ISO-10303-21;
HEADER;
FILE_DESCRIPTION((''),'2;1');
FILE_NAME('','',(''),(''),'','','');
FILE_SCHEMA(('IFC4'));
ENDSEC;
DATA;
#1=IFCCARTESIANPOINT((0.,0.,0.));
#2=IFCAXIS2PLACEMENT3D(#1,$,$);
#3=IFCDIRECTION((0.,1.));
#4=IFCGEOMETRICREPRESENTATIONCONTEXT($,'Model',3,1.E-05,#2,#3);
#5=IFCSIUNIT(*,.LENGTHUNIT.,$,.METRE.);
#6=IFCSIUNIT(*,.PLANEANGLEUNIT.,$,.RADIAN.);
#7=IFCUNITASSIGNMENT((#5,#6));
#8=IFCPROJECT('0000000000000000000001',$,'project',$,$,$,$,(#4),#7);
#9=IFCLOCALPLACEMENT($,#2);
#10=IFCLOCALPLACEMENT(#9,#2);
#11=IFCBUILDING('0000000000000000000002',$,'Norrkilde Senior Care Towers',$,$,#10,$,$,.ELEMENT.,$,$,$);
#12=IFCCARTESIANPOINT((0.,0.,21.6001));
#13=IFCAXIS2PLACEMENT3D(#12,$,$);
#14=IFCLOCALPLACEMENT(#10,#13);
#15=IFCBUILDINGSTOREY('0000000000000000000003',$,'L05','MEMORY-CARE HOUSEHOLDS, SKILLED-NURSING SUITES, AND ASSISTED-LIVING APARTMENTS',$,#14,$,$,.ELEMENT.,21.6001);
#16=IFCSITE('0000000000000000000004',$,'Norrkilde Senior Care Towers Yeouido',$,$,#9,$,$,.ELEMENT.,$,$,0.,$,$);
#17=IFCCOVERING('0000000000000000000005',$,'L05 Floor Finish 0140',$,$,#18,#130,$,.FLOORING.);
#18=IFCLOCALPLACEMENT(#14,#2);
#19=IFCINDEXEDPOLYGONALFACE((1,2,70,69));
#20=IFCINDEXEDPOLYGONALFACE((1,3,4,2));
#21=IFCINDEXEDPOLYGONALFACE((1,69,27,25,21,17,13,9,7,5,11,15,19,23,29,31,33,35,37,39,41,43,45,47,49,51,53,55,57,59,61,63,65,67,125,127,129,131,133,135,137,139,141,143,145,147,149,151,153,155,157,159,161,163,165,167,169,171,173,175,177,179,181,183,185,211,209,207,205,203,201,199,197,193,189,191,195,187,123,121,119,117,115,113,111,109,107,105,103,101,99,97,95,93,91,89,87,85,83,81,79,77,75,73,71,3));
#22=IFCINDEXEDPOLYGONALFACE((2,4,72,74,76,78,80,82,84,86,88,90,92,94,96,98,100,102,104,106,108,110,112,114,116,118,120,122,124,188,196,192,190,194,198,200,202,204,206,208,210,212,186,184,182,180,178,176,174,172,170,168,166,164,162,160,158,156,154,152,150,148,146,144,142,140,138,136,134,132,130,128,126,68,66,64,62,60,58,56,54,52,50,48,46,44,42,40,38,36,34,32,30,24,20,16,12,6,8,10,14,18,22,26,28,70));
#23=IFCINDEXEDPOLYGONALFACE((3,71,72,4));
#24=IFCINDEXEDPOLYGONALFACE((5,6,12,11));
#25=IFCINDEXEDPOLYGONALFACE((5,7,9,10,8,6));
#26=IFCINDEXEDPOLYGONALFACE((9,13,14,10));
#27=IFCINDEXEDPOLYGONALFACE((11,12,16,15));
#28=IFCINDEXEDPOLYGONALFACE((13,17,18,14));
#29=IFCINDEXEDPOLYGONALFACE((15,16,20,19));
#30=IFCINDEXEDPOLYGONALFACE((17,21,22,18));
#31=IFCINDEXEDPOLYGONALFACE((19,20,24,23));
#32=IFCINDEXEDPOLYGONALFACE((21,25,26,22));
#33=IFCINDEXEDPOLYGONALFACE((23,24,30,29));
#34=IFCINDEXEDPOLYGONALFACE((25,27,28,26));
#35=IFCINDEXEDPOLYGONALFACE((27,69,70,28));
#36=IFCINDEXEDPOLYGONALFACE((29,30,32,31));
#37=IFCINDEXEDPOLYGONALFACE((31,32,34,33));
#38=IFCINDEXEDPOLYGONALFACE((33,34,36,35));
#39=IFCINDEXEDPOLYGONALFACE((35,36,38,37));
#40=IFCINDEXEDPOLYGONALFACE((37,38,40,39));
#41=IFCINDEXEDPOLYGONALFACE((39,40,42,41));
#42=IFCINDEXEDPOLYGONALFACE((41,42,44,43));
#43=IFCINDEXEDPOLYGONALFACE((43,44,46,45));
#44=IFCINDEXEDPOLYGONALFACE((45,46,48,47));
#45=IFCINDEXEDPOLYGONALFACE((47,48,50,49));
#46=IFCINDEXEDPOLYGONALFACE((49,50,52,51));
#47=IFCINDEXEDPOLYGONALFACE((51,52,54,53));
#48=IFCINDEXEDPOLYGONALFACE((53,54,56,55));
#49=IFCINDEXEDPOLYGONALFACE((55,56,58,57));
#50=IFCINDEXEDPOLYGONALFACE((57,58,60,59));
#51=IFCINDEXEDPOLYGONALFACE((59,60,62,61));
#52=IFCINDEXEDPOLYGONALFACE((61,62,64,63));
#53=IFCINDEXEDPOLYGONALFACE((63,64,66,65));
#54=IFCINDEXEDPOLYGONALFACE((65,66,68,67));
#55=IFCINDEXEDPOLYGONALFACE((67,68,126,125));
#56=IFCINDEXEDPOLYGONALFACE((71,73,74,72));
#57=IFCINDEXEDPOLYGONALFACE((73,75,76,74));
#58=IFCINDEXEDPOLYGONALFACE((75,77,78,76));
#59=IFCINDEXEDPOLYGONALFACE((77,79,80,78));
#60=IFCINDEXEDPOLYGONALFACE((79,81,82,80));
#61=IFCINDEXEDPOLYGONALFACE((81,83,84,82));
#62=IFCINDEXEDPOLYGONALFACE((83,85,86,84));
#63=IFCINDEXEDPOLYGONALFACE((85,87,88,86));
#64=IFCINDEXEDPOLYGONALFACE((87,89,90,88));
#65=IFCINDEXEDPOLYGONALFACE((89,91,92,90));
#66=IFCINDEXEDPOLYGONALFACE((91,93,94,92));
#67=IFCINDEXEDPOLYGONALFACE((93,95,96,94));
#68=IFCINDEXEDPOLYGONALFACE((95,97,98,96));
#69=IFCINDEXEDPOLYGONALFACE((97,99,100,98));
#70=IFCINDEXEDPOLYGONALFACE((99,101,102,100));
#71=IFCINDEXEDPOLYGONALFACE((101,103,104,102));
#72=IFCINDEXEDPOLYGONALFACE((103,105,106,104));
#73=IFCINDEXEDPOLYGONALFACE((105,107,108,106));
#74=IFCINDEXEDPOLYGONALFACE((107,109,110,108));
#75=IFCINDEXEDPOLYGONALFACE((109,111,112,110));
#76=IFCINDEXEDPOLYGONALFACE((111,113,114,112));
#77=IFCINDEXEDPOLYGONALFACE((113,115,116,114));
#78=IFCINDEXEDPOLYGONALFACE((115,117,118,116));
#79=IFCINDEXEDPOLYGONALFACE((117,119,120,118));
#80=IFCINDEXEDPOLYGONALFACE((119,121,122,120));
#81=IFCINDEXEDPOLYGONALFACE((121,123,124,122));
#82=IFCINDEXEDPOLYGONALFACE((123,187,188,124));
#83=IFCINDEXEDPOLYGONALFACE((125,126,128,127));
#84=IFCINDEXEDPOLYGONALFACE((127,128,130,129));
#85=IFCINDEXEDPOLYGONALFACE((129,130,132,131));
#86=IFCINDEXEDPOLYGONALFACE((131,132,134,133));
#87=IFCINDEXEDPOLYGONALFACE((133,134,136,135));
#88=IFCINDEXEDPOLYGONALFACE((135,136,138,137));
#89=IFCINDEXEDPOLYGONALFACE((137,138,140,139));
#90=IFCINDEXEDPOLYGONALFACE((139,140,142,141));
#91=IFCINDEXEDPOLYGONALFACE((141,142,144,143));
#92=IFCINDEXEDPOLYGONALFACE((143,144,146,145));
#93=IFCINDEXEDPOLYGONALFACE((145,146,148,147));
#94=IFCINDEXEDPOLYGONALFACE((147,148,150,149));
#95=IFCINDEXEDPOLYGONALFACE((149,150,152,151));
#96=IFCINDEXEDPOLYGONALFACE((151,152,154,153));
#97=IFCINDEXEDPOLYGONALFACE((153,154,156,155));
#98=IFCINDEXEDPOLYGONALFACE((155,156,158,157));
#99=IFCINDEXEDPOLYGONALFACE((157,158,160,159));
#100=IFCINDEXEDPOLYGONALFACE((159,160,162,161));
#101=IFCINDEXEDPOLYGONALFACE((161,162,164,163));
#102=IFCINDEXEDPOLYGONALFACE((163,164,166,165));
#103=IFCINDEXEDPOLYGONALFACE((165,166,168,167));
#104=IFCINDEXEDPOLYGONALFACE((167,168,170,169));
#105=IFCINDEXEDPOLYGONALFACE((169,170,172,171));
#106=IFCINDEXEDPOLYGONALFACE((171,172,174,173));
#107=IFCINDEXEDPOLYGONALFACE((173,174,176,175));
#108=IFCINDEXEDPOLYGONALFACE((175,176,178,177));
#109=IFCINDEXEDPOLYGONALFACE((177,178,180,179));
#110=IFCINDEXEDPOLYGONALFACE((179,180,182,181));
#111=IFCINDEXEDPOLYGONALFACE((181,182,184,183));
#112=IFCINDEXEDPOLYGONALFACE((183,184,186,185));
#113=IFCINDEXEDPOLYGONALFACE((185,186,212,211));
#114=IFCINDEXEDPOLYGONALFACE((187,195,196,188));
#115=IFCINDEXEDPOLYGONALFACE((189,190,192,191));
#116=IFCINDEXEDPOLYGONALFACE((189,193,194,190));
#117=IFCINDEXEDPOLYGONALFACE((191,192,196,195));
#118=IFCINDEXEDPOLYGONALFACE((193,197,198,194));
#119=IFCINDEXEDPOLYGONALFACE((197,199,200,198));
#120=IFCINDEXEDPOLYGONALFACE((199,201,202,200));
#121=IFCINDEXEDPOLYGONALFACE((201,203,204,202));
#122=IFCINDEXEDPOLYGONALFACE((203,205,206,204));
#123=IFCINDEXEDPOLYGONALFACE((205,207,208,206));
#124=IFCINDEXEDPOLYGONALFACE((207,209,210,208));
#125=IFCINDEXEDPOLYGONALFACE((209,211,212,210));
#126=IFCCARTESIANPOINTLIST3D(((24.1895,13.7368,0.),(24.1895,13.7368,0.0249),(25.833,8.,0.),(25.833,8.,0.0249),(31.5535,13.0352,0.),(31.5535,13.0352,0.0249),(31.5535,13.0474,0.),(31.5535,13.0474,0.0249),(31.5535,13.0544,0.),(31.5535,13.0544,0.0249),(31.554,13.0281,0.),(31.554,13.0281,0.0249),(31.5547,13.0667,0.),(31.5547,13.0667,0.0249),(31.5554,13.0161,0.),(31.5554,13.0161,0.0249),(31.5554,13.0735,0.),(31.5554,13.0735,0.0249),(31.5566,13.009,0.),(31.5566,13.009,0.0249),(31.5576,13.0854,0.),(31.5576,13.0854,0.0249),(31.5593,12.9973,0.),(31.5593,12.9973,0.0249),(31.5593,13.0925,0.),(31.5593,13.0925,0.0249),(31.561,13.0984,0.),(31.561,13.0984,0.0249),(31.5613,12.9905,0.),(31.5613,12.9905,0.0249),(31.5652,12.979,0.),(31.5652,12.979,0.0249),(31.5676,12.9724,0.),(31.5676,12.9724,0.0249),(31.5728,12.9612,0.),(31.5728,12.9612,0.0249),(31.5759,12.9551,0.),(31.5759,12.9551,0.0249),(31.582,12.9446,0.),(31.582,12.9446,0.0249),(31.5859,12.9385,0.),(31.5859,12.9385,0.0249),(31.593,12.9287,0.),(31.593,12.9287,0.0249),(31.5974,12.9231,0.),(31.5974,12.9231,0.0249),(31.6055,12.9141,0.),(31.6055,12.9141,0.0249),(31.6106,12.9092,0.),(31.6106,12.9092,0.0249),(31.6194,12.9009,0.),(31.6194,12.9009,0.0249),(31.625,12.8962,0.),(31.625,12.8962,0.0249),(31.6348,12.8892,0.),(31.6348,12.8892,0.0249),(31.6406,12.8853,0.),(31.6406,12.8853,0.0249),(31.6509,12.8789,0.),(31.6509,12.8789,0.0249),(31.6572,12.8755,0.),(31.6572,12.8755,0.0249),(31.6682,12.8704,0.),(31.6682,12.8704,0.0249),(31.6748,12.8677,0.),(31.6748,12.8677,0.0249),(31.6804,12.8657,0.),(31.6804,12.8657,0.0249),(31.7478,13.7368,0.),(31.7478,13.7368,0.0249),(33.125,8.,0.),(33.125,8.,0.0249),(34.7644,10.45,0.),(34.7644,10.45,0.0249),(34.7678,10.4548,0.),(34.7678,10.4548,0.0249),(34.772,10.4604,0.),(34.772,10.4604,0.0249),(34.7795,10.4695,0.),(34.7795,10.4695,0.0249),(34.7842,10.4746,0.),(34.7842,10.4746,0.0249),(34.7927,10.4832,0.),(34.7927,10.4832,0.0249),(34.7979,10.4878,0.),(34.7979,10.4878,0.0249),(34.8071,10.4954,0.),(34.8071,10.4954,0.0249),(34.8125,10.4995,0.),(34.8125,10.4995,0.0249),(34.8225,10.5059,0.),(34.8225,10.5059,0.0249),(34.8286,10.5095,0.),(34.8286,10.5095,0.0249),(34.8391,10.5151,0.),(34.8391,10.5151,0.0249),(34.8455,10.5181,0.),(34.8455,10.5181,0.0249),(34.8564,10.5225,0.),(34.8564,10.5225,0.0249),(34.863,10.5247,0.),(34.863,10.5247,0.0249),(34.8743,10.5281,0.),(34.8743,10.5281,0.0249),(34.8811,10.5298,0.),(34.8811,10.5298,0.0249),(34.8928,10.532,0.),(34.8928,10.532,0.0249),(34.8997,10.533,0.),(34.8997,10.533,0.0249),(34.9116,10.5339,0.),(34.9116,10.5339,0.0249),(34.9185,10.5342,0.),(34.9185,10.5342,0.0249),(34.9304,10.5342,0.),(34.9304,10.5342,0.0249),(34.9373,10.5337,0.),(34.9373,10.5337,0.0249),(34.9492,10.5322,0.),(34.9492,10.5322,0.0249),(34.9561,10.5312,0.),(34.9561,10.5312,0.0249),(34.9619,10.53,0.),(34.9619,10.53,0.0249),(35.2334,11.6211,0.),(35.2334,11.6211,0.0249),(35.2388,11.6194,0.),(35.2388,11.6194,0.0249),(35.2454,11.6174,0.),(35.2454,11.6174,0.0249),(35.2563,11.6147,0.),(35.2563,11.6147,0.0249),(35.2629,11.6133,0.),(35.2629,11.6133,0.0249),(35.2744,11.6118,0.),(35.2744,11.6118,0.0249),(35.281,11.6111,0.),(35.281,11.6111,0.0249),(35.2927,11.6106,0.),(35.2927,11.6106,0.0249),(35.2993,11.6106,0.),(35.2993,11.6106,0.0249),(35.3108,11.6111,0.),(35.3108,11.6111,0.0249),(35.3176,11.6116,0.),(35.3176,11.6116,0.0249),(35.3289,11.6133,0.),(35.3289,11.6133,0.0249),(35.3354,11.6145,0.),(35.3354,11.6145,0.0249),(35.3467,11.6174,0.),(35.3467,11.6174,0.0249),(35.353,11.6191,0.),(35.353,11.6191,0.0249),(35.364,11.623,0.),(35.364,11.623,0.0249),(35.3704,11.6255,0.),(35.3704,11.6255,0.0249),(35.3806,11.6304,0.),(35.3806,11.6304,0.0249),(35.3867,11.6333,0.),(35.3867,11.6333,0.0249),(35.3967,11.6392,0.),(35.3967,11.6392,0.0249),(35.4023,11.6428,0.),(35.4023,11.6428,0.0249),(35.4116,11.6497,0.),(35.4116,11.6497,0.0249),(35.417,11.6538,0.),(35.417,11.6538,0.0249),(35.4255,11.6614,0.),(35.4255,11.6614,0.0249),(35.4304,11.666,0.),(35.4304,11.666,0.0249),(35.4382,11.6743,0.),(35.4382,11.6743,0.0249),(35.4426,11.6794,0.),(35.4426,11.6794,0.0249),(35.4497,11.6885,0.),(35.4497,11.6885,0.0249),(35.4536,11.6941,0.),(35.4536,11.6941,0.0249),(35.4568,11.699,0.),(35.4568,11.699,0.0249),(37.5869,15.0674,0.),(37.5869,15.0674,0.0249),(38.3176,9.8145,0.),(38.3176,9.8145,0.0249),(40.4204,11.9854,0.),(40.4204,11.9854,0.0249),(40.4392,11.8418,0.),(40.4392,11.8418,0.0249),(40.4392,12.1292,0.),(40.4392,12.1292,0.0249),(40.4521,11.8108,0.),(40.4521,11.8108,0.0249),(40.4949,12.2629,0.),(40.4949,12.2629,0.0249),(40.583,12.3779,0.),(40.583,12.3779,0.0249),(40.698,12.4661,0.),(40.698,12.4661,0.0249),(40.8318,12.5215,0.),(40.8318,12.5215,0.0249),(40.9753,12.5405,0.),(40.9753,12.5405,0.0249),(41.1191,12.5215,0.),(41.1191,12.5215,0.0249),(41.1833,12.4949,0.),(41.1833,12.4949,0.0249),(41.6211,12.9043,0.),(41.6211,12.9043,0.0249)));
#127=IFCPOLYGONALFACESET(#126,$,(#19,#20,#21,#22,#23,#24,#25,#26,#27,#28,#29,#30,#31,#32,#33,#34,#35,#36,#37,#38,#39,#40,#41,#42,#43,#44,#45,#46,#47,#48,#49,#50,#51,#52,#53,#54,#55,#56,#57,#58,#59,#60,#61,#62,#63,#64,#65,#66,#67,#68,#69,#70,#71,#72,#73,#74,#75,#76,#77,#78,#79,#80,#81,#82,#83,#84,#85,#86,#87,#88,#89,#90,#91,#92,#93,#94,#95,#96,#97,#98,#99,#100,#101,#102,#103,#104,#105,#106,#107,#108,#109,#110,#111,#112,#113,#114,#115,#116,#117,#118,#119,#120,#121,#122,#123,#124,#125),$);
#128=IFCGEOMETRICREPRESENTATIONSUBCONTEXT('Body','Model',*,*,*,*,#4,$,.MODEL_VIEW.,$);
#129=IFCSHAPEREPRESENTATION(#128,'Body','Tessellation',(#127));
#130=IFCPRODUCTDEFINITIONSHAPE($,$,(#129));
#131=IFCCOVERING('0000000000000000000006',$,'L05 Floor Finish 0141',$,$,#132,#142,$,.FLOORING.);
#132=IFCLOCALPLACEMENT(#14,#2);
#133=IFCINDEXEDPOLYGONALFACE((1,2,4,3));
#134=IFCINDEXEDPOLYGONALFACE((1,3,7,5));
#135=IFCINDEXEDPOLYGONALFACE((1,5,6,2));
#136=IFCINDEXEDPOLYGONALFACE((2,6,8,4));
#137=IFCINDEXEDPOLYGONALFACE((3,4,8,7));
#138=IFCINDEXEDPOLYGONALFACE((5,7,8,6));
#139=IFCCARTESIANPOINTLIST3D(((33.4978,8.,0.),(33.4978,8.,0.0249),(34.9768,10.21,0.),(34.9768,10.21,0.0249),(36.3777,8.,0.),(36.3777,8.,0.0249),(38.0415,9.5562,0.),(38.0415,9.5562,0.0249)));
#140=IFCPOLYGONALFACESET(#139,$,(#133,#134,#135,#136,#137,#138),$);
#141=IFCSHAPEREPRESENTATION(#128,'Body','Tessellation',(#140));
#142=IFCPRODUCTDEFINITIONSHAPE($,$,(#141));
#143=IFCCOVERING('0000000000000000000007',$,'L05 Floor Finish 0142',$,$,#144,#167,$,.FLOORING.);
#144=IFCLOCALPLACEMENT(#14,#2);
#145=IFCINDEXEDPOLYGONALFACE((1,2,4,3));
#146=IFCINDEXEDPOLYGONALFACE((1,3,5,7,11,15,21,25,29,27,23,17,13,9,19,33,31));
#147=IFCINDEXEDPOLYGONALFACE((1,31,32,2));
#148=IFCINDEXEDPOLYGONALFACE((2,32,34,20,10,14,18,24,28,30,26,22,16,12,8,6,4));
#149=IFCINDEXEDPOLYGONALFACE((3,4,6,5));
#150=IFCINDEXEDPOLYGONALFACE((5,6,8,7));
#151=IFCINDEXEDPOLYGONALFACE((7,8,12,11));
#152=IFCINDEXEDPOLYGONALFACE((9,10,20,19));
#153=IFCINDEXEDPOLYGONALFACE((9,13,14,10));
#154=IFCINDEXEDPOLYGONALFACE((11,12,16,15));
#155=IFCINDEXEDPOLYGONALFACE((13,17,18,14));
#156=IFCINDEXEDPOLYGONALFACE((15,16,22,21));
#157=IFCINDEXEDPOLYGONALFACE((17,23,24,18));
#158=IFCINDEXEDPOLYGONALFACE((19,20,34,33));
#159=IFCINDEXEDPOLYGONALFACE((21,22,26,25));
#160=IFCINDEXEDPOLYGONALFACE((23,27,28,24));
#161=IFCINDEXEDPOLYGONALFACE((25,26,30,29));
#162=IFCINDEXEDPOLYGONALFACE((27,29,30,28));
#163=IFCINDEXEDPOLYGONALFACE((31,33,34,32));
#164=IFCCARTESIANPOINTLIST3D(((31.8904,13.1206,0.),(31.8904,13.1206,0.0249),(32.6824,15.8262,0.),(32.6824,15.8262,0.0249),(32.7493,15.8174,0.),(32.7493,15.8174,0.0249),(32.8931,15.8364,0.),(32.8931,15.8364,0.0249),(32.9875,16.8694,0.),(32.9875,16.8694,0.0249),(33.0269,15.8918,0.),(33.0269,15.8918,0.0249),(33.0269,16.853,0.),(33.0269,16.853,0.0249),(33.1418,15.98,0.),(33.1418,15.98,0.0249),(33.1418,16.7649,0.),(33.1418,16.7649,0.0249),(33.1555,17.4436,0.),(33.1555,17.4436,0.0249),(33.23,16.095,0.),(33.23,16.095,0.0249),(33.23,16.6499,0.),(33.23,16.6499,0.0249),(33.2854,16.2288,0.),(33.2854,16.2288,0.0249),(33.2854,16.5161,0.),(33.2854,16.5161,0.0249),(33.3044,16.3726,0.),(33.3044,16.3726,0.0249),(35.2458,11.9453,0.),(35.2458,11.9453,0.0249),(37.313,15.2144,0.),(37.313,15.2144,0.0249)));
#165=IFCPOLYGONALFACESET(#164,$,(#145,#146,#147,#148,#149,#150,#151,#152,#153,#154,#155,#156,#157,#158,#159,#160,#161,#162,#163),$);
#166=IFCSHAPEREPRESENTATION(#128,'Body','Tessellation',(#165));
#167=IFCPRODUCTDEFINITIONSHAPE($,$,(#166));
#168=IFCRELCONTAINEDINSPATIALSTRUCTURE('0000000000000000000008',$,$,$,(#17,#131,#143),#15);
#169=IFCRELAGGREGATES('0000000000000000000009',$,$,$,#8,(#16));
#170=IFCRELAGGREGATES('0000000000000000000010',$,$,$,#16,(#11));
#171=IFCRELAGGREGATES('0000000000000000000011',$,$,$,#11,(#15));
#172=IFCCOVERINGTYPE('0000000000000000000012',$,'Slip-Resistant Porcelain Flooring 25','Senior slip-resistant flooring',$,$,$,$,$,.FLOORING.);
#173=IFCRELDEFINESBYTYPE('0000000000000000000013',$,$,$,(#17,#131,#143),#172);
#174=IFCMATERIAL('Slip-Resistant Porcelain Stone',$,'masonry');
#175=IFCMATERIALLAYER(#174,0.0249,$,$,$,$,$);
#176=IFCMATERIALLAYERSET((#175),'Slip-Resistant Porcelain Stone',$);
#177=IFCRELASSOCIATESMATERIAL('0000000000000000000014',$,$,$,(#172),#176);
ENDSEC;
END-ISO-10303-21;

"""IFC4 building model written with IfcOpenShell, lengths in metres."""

from ifc_helpers import new_model, si_unit, direction, frame, origin, place, context, subcontext, project, spatial, polyline, outline, extrude, material, layer, layer_set, type_object, element, save


model = new_model("IFC4")

# Units and contexts
model_context = context("Model", 3, precision=1e-05, world=origin(), true_north=direction((0.0, 1.0)))
body_context = subcontext(model_context, "Body", "Model", "MODEL_VIEW")
ifc_project = project(units=[si_unit("LENGTHUNIT", "METRE"), si_unit("PLANEANGLEUNIT", "RADIAN")], contexts=[model_context])

# Site, building, storey
site_placement = place(None, origin())
site = spatial("IfcSite", under=ifc_project, at=site_placement, Name="Norrkilde Senior Care Towers Yeouido", CompositionType="ELEMENT", RefElevation=0.0)
building_placement = place(site_placement, origin())
building = spatial("IfcBuilding", under=site, at=building_placement, Name="Norrkilde Senior Care Towers", CompositionType="ELEMENT")
storey_placement = place(building_placement, frame((0.0, 0.0, 21.6001)))
storey = spatial("IfcBuildingStorey", under=building, at=storey_placement, Name="L05", Description="MEMORY-CARE HOUSEHOLDS, SKILLED-NURSING SUITES, AND ASSISTED-LIVING APARTMENTS", CompositionType="ELEMENT", Elevation=21.6001)

# Coverings
ifc_material_1 = material(Name="Slip-Resistant Porcelain Stone", Category="masonry")
ifc_layer_1 = layer(ifc_material_1, 0.0249)
ifc_layer_set_1 = layer_set([ifc_layer_1], Name="Slip-Resistant Porcelain Stone")
covering_type_1 = type_object("IfcCoveringType", Name="Slip-Resistant Porcelain Flooring 25", Description="Senior slip-resistant flooring", PredefinedType="FLOORING", material=ifc_layer_set_1)
covering_1_placement = place(storey_placement, origin())
element("IfcCovering", 1, at=covering_1_placement, inside=storey, type_object=covering_type_1, Name="L05 Floor Finish 0140", PredefinedType="FLOORING", context=body_context, shape_type="SweptSolid", body=[
    extrude(outline(polyline([(31.5554, 13.0735), (31.5547, 13.0667), (31.5535, 13.0544), (31.5535, 13.0474), (31.5535, 13.0352), (31.554, 13.0281), (31.5554, 13.0161), (31.5566, 13.009), (31.5593, 12.9973), (31.5613, 12.9905), (31.5652, 12.979), (31.5676, 12.9724), (31.5728, 12.9612), (31.5759, 12.9551), (31.582, 12.9446), (31.5859, 12.9385), (31.593, 12.9287), (31.5974, 12.9231), (31.6055, 12.9141), (31.6106, 12.9092), (31.6194, 12.9009), (31.625, 12.8962), (31.6348, 12.8892), (31.6406, 12.8853), (31.6509, 12.8789), (31.6572, 12.8755), (31.6682, 12.8704), (31.6748, 12.8677), (31.6804, 12.8657), (35.2334, 11.6211), (35.2388, 11.6194), (35.2454, 11.6174), (35.2563, 11.6147), (35.2629, 11.6133), (35.2744, 11.6118), (35.281, 11.6111), (35.2927, 11.6106), (35.2993, 11.6106), (35.3108, 11.6111), (35.3176, 11.6116), (35.3289, 11.6133), (35.3354, 11.6145), (35.3467, 11.6174), (35.353, 11.6191), (35.364, 11.623), (35.3704, 11.6255), (35.3806, 11.6304), (35.3867, 11.6333), (35.3967, 11.6392), (35.4023, 11.6428), (35.4116, 11.6497), (35.417, 11.6538), (35.4255, 11.6614), (35.4304, 11.666), (35.4382, 11.6743), (35.4426, 11.6794), (35.4497, 11.6885), (35.4536, 11.6941), (35.4568, 11.699), (37.5869, 15.0674), (41.6211, 12.9043), (41.1833, 12.4949), (41.1191, 12.5215), (40.9753, 12.5405), (40.8318, 12.5215), (40.698, 12.4661), (40.583, 12.3779), (40.4949, 12.2629), (40.4392, 12.1292), (40.4204, 11.9854), (40.4392, 11.8418), (40.4521, 11.8108), (38.3176, 9.8145), (34.9619, 10.53), (34.9561, 10.5312), (34.9492, 10.5322), (34.9373, 10.5337), (34.9304, 10.5342), (34.9185, 10.5342), (34.9116, 10.5339), (34.8997, 10.533), (34.8928, 10.532), (34.8811, 10.5298), (34.8743, 10.5281), (34.863, 10.5247), (34.8564, 10.5225), (34.8455, 10.5181), (34.8391, 10.5151), (34.8286, 10.5095), (34.8225, 10.5059), (34.8125, 10.4995), (34.8071, 10.4954), (34.7979, 10.4878), (34.7927, 10.4832), (34.7842, 10.4746), (34.7795, 10.4695), (34.772, 10.4604), (34.7678, 10.4548), (34.7644, 10.45), (33.125, 8.0), (25.833, 8.0), (24.1895, 13.7368), (31.7478, 13.7368), (31.561, 13.0984), (31.5593, 13.0925), (31.5576, 13.0854), (31.5554, 13.0735)])), origin(), (0.0, 0.0, 1.0), 0.0249),
])
covering_2_placement = place(storey_placement, origin())
element("IfcCovering", 2, at=covering_2_placement, inside=storey, type_object=covering_type_1, Name="L05 Floor Finish 0141", PredefinedType="FLOORING", context=body_context, shape_type="SweptSolid", body=[
    extrude(outline(polyline([(38.0415, 9.5562), (36.3777, 8.0), (33.4978, 8.0), (34.9768, 10.21), (38.0415, 9.5562)])), origin(), (0.0, 0.0, 1.0), 0.0249),
])
covering_3_placement = place(storey_placement, origin())
element("IfcCovering", 3, at=covering_3_placement, inside=storey, type_object=covering_type_1, Name="L05 Floor Finish 0142", PredefinedType="FLOORING", context=body_context, shape_type="SweptSolid", body=[
    extrude(outline(polyline([(35.2458, 11.9453), (31.8904, 13.1206), (32.6824, 15.8262), (32.7493, 15.8174), (32.8931, 15.8364), (33.0269, 15.8918), (33.1418, 15.98), (33.23, 16.095), (33.2854, 16.2288), (33.3044, 16.3726), (33.2854, 16.5161), (33.23, 16.6499), (33.1418, 16.7649), (33.0269, 16.853), (32.9875, 16.8694), (33.1555, 17.4436), (37.313, 15.2144), (35.2458, 11.9453)])), origin(), (0.0, 0.0, 1.0), 0.0249),
])

save(model, "model.ifc")
